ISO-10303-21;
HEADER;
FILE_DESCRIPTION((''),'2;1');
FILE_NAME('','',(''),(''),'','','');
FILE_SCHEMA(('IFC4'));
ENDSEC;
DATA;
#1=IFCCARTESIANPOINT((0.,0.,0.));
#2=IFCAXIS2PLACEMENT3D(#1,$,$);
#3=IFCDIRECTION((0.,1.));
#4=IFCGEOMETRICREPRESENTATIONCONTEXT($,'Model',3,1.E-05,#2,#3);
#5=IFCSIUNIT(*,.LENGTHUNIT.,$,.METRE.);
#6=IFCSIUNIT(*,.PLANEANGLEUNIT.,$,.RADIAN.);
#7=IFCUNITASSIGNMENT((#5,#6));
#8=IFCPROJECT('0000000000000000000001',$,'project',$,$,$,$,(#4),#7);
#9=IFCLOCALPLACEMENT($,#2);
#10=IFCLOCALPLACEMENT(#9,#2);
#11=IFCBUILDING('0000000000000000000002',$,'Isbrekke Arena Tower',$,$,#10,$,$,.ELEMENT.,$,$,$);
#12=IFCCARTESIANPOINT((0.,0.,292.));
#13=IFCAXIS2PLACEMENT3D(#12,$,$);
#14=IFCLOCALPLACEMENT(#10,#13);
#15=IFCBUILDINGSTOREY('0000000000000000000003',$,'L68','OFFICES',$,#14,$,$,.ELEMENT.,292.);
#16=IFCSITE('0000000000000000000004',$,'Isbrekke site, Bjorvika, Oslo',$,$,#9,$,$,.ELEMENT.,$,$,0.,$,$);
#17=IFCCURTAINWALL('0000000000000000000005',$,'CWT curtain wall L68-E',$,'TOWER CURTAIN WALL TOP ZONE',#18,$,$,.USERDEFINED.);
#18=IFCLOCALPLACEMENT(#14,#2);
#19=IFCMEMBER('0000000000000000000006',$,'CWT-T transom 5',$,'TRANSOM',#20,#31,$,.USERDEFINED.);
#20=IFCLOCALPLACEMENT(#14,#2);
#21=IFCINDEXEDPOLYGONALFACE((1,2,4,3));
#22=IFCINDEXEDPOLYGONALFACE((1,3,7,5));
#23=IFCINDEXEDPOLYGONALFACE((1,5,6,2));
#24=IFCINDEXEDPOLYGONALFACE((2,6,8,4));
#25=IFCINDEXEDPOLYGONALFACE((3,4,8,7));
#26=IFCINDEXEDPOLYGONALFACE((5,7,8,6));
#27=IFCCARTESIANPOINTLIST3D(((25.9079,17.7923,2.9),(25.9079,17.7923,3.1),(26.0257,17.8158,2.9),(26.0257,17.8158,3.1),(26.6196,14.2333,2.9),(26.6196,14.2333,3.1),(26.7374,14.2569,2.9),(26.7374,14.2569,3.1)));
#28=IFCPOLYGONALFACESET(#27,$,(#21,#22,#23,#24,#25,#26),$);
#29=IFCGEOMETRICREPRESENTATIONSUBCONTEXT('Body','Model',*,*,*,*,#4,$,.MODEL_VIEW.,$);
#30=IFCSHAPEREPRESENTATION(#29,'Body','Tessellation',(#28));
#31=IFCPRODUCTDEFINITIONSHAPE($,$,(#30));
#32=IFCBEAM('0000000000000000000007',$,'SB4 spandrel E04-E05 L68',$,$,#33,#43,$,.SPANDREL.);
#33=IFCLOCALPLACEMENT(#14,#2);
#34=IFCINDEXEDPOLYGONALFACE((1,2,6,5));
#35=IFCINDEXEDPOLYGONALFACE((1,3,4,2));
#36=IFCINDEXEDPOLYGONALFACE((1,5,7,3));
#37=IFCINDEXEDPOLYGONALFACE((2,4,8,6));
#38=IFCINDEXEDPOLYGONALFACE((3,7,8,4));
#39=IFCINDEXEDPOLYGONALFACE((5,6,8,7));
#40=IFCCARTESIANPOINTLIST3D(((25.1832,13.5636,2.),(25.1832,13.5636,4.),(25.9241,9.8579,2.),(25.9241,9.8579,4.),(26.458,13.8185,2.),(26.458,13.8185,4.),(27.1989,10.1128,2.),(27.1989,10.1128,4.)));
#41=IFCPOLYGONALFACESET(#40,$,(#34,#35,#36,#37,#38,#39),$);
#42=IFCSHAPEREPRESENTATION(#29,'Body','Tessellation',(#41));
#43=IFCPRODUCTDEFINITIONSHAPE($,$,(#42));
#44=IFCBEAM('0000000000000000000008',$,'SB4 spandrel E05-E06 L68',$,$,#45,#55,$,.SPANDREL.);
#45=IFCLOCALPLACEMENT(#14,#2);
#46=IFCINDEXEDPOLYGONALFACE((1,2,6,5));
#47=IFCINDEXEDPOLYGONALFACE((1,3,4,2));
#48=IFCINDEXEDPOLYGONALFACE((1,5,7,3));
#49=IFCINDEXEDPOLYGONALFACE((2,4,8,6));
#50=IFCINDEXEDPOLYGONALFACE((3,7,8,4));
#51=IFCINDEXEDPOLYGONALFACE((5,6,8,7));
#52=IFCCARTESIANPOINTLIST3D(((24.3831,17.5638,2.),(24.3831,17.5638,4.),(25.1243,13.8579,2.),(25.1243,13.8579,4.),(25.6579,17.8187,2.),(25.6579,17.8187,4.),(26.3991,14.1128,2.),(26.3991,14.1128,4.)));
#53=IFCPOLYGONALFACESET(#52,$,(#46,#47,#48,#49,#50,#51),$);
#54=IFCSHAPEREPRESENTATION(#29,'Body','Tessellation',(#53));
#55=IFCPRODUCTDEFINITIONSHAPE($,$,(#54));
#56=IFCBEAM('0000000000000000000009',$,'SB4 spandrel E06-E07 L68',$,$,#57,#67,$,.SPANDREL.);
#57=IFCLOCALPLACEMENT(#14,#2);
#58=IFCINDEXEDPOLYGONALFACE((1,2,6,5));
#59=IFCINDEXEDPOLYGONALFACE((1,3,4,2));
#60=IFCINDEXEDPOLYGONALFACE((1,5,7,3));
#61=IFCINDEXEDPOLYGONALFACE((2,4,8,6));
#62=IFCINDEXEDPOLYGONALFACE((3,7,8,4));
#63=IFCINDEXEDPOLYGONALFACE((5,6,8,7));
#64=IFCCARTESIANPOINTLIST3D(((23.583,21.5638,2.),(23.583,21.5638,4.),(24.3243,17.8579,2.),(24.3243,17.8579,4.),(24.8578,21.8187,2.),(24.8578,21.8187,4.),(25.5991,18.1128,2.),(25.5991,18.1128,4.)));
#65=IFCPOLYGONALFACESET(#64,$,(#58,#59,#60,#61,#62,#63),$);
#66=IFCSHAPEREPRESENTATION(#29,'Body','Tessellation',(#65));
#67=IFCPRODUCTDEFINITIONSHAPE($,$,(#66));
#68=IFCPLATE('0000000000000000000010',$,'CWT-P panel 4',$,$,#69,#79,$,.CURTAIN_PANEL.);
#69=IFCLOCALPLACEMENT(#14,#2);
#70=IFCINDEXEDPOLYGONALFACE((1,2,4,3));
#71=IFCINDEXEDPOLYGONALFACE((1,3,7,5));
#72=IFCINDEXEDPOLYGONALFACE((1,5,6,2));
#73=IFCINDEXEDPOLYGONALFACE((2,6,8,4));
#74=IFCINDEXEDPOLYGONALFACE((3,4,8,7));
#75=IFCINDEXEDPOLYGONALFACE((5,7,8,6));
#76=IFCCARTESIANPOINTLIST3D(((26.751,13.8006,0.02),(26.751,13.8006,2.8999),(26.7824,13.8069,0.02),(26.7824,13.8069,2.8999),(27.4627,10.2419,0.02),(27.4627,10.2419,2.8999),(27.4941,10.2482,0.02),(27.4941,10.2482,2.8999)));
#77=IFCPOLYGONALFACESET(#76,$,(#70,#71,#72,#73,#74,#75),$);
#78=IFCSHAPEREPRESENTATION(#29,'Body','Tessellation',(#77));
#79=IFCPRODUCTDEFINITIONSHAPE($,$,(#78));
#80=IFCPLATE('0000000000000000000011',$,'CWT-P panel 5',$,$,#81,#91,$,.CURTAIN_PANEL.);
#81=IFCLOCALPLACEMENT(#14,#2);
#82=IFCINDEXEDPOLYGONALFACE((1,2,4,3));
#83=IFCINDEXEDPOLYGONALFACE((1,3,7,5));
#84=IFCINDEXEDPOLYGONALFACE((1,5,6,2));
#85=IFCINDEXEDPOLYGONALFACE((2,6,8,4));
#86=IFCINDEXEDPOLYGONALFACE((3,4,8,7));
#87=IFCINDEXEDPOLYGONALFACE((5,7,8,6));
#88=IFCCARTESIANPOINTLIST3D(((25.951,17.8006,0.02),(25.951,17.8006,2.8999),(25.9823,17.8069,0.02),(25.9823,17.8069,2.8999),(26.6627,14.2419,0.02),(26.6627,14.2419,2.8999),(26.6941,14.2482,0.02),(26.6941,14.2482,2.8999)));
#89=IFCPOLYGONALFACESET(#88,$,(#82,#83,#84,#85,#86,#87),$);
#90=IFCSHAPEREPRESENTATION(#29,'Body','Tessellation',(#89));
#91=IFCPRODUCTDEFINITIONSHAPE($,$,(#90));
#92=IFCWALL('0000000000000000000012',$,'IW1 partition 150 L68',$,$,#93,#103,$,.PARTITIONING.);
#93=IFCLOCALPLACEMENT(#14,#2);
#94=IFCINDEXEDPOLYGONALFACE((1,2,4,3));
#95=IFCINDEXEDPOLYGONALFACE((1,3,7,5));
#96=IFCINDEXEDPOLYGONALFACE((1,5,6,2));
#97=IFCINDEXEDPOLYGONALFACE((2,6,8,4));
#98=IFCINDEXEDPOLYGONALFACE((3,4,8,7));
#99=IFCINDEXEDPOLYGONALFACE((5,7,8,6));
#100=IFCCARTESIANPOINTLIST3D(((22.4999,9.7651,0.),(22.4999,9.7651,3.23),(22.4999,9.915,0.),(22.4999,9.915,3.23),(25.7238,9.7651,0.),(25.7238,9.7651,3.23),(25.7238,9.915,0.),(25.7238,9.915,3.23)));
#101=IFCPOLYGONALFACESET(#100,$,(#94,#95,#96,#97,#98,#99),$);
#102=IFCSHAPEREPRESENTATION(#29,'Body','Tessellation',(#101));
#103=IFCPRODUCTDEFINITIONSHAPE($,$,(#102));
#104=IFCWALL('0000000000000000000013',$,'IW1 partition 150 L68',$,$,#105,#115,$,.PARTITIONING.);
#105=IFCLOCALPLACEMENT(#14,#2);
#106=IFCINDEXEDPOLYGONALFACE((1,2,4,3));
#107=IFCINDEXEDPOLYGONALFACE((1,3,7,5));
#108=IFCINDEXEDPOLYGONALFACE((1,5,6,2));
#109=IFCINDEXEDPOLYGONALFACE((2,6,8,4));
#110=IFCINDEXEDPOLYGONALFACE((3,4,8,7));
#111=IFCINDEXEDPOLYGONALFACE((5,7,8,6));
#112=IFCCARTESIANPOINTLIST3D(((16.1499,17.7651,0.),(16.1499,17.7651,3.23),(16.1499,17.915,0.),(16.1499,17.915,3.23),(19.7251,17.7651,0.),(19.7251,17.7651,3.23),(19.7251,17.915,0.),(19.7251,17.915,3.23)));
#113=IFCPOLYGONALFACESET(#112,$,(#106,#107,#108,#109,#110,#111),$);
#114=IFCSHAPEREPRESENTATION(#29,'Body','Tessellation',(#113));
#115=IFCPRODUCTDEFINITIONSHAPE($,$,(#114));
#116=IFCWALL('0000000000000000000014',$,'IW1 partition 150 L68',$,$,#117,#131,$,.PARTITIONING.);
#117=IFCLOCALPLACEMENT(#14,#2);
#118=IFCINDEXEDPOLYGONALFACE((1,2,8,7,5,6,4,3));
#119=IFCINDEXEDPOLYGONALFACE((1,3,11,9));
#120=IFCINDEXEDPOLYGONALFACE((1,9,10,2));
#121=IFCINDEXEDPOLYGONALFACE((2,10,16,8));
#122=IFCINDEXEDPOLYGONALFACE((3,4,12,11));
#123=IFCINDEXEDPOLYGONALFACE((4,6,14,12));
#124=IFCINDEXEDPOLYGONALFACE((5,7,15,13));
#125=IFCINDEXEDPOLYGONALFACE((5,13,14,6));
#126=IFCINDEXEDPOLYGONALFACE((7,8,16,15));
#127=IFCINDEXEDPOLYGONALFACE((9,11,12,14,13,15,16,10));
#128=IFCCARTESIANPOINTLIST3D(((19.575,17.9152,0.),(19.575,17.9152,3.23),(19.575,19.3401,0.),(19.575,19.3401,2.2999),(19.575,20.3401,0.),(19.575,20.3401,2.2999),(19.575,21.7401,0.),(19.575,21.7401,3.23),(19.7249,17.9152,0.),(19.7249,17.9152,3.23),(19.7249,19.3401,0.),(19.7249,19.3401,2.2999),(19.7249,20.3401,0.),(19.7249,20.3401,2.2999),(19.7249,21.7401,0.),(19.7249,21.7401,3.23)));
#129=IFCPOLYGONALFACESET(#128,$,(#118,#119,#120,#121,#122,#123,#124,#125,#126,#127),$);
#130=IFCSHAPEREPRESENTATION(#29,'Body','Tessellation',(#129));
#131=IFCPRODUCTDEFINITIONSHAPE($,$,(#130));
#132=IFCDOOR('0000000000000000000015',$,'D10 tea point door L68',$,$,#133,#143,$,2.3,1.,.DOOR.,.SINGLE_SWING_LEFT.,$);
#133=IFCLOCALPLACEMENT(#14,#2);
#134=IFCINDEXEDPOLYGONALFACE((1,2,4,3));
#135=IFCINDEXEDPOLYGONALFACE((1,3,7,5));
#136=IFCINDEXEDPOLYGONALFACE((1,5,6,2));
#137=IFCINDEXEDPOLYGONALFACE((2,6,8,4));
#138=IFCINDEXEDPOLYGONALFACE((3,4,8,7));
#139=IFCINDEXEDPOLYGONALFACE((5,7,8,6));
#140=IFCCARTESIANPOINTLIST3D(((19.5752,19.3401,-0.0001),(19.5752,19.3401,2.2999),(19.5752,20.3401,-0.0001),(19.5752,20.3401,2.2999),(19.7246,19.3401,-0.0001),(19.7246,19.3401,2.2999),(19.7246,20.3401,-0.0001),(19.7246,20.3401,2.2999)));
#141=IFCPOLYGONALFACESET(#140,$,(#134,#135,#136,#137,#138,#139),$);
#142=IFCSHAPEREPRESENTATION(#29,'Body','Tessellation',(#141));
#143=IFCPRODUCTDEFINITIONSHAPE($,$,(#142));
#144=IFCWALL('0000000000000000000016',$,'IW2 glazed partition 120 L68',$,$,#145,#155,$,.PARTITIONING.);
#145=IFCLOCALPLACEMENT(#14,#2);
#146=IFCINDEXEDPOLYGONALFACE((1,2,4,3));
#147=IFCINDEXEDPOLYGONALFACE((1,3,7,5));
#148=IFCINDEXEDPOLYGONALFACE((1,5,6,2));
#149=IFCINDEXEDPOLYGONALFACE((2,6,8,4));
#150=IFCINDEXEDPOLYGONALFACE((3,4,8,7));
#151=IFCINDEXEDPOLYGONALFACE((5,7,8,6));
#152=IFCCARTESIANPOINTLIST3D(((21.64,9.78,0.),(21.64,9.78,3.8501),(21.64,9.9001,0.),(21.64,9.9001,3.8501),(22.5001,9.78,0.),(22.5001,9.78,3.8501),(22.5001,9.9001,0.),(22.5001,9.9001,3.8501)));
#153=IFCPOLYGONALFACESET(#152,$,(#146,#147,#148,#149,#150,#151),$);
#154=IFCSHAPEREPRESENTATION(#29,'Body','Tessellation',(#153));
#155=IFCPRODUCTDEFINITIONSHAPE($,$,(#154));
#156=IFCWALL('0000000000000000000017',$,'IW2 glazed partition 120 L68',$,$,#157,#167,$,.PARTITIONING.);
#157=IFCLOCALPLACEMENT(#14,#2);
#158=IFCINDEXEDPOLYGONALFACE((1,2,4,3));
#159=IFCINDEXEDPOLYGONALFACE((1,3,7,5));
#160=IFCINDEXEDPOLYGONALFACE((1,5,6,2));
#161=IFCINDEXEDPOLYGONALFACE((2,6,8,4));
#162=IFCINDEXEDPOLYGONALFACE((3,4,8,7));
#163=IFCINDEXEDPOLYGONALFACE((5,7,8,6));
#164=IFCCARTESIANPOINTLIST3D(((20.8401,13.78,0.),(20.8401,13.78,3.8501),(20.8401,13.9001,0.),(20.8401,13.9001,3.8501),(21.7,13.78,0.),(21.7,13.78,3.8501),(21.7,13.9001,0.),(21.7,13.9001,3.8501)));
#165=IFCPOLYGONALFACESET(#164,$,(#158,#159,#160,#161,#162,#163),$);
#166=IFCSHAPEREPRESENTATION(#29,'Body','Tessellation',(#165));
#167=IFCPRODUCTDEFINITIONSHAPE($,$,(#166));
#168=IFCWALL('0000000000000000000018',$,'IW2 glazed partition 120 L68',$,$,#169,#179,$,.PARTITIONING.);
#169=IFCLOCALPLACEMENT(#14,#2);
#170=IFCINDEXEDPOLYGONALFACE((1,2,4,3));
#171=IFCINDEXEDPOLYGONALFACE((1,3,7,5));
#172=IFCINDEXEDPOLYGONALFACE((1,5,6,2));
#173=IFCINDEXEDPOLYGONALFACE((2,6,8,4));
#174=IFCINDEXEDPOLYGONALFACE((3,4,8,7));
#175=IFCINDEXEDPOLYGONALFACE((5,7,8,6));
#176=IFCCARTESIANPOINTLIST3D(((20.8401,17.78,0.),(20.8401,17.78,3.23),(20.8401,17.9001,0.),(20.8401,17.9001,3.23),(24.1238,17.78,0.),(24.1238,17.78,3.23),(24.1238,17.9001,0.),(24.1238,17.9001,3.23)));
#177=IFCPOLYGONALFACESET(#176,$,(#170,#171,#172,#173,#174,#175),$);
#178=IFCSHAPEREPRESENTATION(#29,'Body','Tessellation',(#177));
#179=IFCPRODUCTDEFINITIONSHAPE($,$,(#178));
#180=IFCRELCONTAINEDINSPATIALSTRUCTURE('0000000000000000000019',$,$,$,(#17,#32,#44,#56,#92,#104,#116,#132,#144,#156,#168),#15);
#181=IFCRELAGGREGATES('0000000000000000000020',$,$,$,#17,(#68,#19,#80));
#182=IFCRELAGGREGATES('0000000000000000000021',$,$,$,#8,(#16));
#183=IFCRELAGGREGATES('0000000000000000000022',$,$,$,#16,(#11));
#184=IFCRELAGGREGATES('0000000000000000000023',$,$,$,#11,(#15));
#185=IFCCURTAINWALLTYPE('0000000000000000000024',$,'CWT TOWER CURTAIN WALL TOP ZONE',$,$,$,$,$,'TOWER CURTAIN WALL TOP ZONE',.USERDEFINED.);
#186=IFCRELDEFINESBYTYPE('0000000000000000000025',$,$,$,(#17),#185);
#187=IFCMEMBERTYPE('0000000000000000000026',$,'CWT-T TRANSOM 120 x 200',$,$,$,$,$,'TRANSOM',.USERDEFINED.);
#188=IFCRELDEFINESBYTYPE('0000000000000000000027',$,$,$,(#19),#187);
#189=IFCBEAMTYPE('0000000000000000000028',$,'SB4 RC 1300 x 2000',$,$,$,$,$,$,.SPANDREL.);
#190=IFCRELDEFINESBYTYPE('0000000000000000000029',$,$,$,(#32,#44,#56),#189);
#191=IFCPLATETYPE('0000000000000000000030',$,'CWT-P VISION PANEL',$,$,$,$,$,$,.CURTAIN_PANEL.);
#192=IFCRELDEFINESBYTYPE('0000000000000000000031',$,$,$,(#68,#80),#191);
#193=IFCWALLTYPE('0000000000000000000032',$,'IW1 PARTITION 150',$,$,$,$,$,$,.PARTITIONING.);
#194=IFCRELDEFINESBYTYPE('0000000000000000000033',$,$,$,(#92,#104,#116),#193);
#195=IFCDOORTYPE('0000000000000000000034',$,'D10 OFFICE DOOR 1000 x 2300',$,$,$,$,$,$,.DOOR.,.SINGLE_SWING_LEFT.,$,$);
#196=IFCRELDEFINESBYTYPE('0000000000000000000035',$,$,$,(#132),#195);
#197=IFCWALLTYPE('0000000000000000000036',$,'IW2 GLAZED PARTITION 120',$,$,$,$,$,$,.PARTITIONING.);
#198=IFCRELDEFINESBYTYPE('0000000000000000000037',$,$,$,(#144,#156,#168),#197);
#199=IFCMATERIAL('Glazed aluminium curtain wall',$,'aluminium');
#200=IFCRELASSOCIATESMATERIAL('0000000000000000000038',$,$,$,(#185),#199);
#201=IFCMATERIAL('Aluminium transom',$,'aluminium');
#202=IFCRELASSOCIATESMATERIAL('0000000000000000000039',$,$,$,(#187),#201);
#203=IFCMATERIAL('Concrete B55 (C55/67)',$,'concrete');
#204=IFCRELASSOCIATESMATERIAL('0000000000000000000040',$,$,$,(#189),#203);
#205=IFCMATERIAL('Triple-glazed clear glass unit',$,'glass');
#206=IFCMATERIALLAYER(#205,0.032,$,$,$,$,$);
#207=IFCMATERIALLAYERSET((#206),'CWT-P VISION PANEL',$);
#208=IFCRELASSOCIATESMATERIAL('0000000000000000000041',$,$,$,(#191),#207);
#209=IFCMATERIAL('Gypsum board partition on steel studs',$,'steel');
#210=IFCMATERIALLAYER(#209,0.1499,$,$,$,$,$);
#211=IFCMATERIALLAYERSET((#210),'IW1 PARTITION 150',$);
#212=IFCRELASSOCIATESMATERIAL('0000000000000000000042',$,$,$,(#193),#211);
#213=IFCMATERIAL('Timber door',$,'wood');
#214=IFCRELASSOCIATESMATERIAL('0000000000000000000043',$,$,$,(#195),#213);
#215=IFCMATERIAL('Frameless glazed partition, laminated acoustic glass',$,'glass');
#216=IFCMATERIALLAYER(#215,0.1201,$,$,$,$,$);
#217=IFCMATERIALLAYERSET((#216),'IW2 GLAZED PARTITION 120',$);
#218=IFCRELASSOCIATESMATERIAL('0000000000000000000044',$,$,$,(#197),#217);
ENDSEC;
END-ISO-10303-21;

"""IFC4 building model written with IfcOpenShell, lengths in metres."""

from ifc_helpers import new_model, si_unit, direction, frame, frame_2d, origin, origin_2d, place, context, subcontext, project, spatial, rectangle, extrude, material, layer, layer_set, material_profile, profile_set, type_object, element, fill, aggregate, save


model = new_model("IFC4")

# Units and contexts
model_context = context("Model", 3, precision=1e-05, world=origin(), true_north=direction((0.0, 1.0)))
body_context = subcontext(model_context, "Body", "Model", "MODEL_VIEW")
ifc_project = project(units=[si_unit("LENGTHUNIT", "METRE"), si_unit("PLANEANGLEUNIT", "RADIAN")], contexts=[model_context])

# Site, building, storey
site_placement = place(None, origin())
site = spatial("IfcSite", under=ifc_project, at=site_placement, Name="Isbrekke site, Bjorvika, Oslo", CompositionType="ELEMENT", RefElevation=0.0)
building_placement = place(site_placement, origin())
building = spatial("IfcBuilding", under=site, at=building_placement, Name="Isbrekke Arena Tower", CompositionType="ELEMENT")
storey_placement = place(building_placement, frame((0.0, 0.0, 292.0)))
storey = spatial("IfcBuildingStorey", under=building, at=storey_placement, Name="L68", Description="OFFICES", CompositionType="ELEMENT", Elevation=292.0)

# Curtain wall, member
ifc_material_1 = material(Name="Glazed aluminium curtain wall", Category="aluminium")
curtain_wall_type = type_object("IfcCurtainWallType", Name="CWT TOWER CURTAIN WALL TOP ZONE", ElementType="TOWER CURTAIN WALL TOP ZONE", PredefinedType="USERDEFINED", material=ifc_material_1)
curtain_wall_placement = place(storey_placement, origin())
curtain_wall = element("IfcCurtainWall", 1, at=curtain_wall_placement, inside=storey, type_object=curtain_wall_type, Name="CWT curtain wall L68-E", ObjectType="TOWER CURTAIN WALL TOP ZONE", PredefinedType="USERDEFINED")
ifc_material_2 = material(Name="Aluminium transom", Category="aluminium")
ifc_material_profile_1 = material_profile(ifc_material_2, rectangle(XDim=0.1201, YDim=0.2, at=origin_2d()), Name="TRANSOM 120X200")
ifc_profile_set_1 = profile_set([ifc_material_profile_1], Name="Aluminium transom")
member_type_1 = type_object("IfcMemberType", Name="CWT-T TRANSOM 120 x 200", ElementType="TRANSOM", PredefinedType="USERDEFINED", material=ifc_profile_set_1)
member_1_placement = place(storey_placement, frame((26.6785, 14.2451, 3.0), z_axis=(-0.19609, 0.980586, 0.0), x_axis=(-0.980586, -0.19609, 0.0)))
member_1 = element("IfcMember", 2, at=member_1_placement, type_object=member_type_1, Name="CWT-T transom 5", ObjectType="TRANSOM", PredefinedType="USERDEFINED", context=body_context, shape_type="SweptSolid", body=[
    extrude(rectangle(XDim=0.1201, YDim=0.2, at=origin_2d()), origin(), (0.0, 0.0, 1.0), 3.6294),
])

# Beams
ifc_material_3 = material(Name="Concrete B55 (C55/67)", Category="concrete")
ifc_material_profile_2 = material_profile(ifc_material_3, rectangle(XDim=1.3, YDim=2.0, at=origin_2d()), Name="RC 1300x2000")
ifc_profile_set_2 = profile_set([ifc_material_profile_2], Name="Concrete B55 (C55/67)")
beam_type_1 = type_object("IfcBeamType", Name="SB4 RC 1300 x 2000", PredefinedType="SPANDREL", material=ifc_profile_set_2)
beam_1_placement = place(storey_placement, frame((26.5615, 9.9854, 3.0), z_axis=(-0.196066, 0.980591, 0.0), x_axis=(-0.980591, -0.196066, 0.0)))
element("IfcBeam", 3, at=beam_1_placement, inside=storey, type_object=beam_type_1, Name="SB4 spandrel E04-E05 L68", PredefinedType="SPANDREL", context=body_context, shape_type="SweptSolid", body=[
    extrude(rectangle(XDim=1.3, YDim=2.0, at=origin_2d()), origin(), (0.0, 0.0, 1.0), 3.7791),
])
for number, where, z_axis, x_axis, name in (
    (4, (25.7617, 13.9854, 3.0), (-0.196129, 0.980578, 0.0), (-0.980578, -0.196129, 0.0), "SB4 spandrel E05-E06 L68"),
    (5, (24.9617, 17.9854, 3.0), (-0.196129, 0.980578, 0.0), (-0.980578, -0.196129, 0.0), "SB4 spandrel E06-E07 L68"),
):
    element("IfcBeam", number, at=place(storey_placement, frame(where, z_axis=z_axis, x_axis=x_axis)), inside=storey, type_object=beam_type_1, Name=name, PredefinedType="SPANDREL", context=body_context, shape_type="SweptSolid", body=[
        extrude(rectangle(XDim=1.3, YDim=2.0, at=origin_2d()), origin(), (0.0, 0.0, 1.0), 3.7793),
    ])

# Plates
ifc_material_4 = material(Name="Triple-glazed clear glass unit", Category="glass")
ifc_layer_1 = layer(ifc_material_4, 0.032)
ifc_layer_set_1 = layer_set([ifc_layer_1], Name="CWT-P VISION PANEL")
plate_type = type_object("IfcPlateType", Name="CWT-P VISION PANEL", PredefinedType="CURTAIN_PANEL", material=ifc_layer_set_1)
plate_1_placement = place(storey_placement, frame((27.1226, 12.0244, 0.02), z_axis=(0.0, 0.0, 1.0), x_axis=(-0.196116, 0.980581, 0.0)))
plate_1 = element("IfcPlate", 6, at=plate_1_placement, type_object=plate_type, Name="CWT-P panel 4", PredefinedType="CURTAIN_PANEL", context=body_context, shape_type="SweptSolid", body=[
    extrude(rectangle(XDim=3.6292, YDim=0.032, at=origin_2d()), origin(), (0.0, 0.0, 1.0), 2.8799),
])
plate_2_placement = place(storey_placement, frame((26.3225, 16.0244, 0.02), z_axis=(0.0, 0.0, 1.0), x_axis=(-0.196116, 0.980581, 0.0)))
plate_2 = element("IfcPlate", 7, at=plate_2_placement, type_object=plate_type, Name="CWT-P panel 5", PredefinedType="CURTAIN_PANEL", context=body_context, shape_type="SweptSolid", body=[
    extrude(rectangle(XDim=3.6292, YDim=0.032, at=origin_2d()), origin(), (0.0, 0.0, 1.0), 2.8799),
])
aggregate(curtain_wall, [plate_1, member_1, plate_2])

# Walls
ifc_material_5 = material(Name="Gypsum board partition on steel studs", Category="steel")
ifc_layer_2 = layer(ifc_material_5, 0.1499)
ifc_layer_set_2 = layer_set([ifc_layer_2], Name="IW1 PARTITION 150")
wall_type_1 = type_object("IfcWallType", Name="IW1 PARTITION 150", PredefinedType="PARTITIONING", material=ifc_layer_set_2)
wall_1_placement = place(storey_placement, frame((22.5, 9.8401, 0.0), z_axis=(0.0, 0.0, 1.0), x_axis=(1.0, 0.0, 0.0)))
element("IfcWall", 8, at=wall_1_placement, inside=storey, type_object=wall_type_1, Name="IW1 partition 150 L68", PredefinedType="PARTITIONING", context=body_context, shape_type="SweptSolid", body=[
    extrude(rectangle(XDim=3.2239, YDim=0.1499, at=frame_2d((1.6118, 0.0))), origin(), (0.0, 0.0, 1.0), 3.23),
])
wall_2_placement = place(storey_placement, frame((16.1499, 17.8401, 0.0), z_axis=(0.0, 0.0, 1.0), x_axis=(1.0, 0.0, 0.0)))
element("IfcWall", 9, at=wall_2_placement, inside=storey, type_object=wall_type_1, Name="IW1 partition 150 L68", PredefinedType="PARTITIONING", context=body_context, shape_type="SweptSolid", body=[
    extrude(rectangle(XDim=3.5752, YDim=0.1499, at=frame_2d((1.7876, 0.0))), origin(), (0.0, 0.0, 1.0), 3.23),
])

# Wall, opening, door
wall_3_placement = place(storey_placement, frame((19.6499, 17.915, 0.0), z_axis=(0.0, 0.0, 1.0), x_axis=(0.0, 1.0, 0.0)))
wall_3 = element("IfcWall", 10, at=wall_3_placement, inside=storey, type_object=wall_type_1, Name="IW1 partition 150 L68", PredefinedType="PARTITIONING", context=body_context, shape_type="SweptSolid", body=[
    extrude(rectangle(XDim=3.825, YDim=0.1499, at=frame_2d((1.9126, 0.0))), origin(), (0.0, 0.0, 1.0), 3.23),
])
opening_1_placement = place(wall_3_placement, frame((1.425, 0.0, 0.0)))
opening_1 = element("IfcOpeningElement", 11, at=opening_1_placement, cuts=wall_3, PredefinedType="OPENING", context=body_context, shape_type="SweptSolid", body=[
    extrude(rectangle(XDim=1.0, YDim=2.3, at=frame_2d((0.5, 1.1499))), frame((0.0, 0.0898, 0.0), z_axis=(0.0, -1.0, 0.0), x_axis=(1.0, 0.0, 0.0)), (0.0, 0.0, 1.0), 0.1797),
])
ifc_material_6 = material(Name="Timber door", Category="wood")
door_type_1 = type_object("IfcDoorType", Name="D10 OFFICE DOOR 1000 x 2300", OperationType="SINGLE_SWING_LEFT", PredefinedType="DOOR", material=ifc_material_6)
door_1_placement = place(opening_1_placement, origin())
door_1 = element("IfcDoor", 12, at=door_1_placement, inside=storey, type_object=door_type_1, Name="D10 tea point door L68", OperationType="SINGLE_SWING_LEFT", OverallHeight=2.3, OverallWidth=1.0, PredefinedType="DOOR", context=body_context, shape_type="SweptSolid", body=[
    extrude(rectangle(XDim=1.0, YDim=2.3, at=frame_2d((0.5, 1.1499))), frame((0.0, 0.0747, 0.0), z_axis=(0.0, -1.0, 0.0), x_axis=(1.0, 0.0, 0.0)), (0.0, 0.0, 1.0), 0.1494),
])
fill(opening_1, door_1)

# Walls
ifc_material_7 = material(Name="Frameless glazed partition, laminated acoustic glass", Category="glass")
ifc_layer_3 = layer(ifc_material_7, 0.1201)
ifc_layer_set_3 = layer_set([ifc_layer_3], Name="IW2 GLAZED PARTITION 120")
wall_type_2 = type_object("IfcWallType", Name="IW2 GLAZED PARTITION 120", PredefinedType="PARTITIONING", material=ifc_layer_set_3)
wall_4_placement = place(storey_placement, frame((21.6399, 9.8401, 0.0), z_axis=(0.0, 0.0, 1.0), x_axis=(1.0, 0.0, 0.0)))
element("IfcWall", 13, at=wall_4_placement, inside=storey, type_object=wall_type_2, Name="IW2 glazed partition 120 L68", PredefinedType="PARTITIONING", context=body_context, shape_type="SweptSolid", body=[
    extrude(rectangle(XDim=0.8601, YDim=0.1201, at=frame_2d((0.4302, 0.0))), origin(), (0.0, 0.0, 1.0), 3.8501),
])
wall_5_placement = place(storey_placement, frame((20.8401, 13.8401, 0.0), z_axis=(0.0, 0.0, 1.0), x_axis=(1.0, 0.0, 0.0)))
element("IfcWall", 14, at=wall_5_placement, inside=storey, type_object=wall_type_2, Name="IW2 glazed partition 120 L68", PredefinedType="PARTITIONING", context=body_context, shape_type="SweptSolid", body=[
    extrude(rectangle(XDim=0.8599, YDim=0.1201, at=frame_2d((0.4299, 0.0))), origin(), (0.0, 0.0, 1.0), 3.8501),
])
wall_6_placement = place(storey_placement, frame((20.8401, 17.8401, 0.0), z_axis=(0.0, 0.0, 1.0), x_axis=(1.0, 0.0, 0.0)))
element("IfcWall", 15, at=wall_6_placement, inside=storey, type_object=wall_type_2, Name="IW2 glazed partition 120 L68", PredefinedType="PARTITIONING", context=body_context, shape_type="SweptSolid", body=[
    extrude(rectangle(XDim=3.2837, YDim=0.1201, at=frame_2d((1.6418, 0.0))), origin(), (0.0, 0.0, 1.0), 3.23),
])

save(model, "model.ifc")
